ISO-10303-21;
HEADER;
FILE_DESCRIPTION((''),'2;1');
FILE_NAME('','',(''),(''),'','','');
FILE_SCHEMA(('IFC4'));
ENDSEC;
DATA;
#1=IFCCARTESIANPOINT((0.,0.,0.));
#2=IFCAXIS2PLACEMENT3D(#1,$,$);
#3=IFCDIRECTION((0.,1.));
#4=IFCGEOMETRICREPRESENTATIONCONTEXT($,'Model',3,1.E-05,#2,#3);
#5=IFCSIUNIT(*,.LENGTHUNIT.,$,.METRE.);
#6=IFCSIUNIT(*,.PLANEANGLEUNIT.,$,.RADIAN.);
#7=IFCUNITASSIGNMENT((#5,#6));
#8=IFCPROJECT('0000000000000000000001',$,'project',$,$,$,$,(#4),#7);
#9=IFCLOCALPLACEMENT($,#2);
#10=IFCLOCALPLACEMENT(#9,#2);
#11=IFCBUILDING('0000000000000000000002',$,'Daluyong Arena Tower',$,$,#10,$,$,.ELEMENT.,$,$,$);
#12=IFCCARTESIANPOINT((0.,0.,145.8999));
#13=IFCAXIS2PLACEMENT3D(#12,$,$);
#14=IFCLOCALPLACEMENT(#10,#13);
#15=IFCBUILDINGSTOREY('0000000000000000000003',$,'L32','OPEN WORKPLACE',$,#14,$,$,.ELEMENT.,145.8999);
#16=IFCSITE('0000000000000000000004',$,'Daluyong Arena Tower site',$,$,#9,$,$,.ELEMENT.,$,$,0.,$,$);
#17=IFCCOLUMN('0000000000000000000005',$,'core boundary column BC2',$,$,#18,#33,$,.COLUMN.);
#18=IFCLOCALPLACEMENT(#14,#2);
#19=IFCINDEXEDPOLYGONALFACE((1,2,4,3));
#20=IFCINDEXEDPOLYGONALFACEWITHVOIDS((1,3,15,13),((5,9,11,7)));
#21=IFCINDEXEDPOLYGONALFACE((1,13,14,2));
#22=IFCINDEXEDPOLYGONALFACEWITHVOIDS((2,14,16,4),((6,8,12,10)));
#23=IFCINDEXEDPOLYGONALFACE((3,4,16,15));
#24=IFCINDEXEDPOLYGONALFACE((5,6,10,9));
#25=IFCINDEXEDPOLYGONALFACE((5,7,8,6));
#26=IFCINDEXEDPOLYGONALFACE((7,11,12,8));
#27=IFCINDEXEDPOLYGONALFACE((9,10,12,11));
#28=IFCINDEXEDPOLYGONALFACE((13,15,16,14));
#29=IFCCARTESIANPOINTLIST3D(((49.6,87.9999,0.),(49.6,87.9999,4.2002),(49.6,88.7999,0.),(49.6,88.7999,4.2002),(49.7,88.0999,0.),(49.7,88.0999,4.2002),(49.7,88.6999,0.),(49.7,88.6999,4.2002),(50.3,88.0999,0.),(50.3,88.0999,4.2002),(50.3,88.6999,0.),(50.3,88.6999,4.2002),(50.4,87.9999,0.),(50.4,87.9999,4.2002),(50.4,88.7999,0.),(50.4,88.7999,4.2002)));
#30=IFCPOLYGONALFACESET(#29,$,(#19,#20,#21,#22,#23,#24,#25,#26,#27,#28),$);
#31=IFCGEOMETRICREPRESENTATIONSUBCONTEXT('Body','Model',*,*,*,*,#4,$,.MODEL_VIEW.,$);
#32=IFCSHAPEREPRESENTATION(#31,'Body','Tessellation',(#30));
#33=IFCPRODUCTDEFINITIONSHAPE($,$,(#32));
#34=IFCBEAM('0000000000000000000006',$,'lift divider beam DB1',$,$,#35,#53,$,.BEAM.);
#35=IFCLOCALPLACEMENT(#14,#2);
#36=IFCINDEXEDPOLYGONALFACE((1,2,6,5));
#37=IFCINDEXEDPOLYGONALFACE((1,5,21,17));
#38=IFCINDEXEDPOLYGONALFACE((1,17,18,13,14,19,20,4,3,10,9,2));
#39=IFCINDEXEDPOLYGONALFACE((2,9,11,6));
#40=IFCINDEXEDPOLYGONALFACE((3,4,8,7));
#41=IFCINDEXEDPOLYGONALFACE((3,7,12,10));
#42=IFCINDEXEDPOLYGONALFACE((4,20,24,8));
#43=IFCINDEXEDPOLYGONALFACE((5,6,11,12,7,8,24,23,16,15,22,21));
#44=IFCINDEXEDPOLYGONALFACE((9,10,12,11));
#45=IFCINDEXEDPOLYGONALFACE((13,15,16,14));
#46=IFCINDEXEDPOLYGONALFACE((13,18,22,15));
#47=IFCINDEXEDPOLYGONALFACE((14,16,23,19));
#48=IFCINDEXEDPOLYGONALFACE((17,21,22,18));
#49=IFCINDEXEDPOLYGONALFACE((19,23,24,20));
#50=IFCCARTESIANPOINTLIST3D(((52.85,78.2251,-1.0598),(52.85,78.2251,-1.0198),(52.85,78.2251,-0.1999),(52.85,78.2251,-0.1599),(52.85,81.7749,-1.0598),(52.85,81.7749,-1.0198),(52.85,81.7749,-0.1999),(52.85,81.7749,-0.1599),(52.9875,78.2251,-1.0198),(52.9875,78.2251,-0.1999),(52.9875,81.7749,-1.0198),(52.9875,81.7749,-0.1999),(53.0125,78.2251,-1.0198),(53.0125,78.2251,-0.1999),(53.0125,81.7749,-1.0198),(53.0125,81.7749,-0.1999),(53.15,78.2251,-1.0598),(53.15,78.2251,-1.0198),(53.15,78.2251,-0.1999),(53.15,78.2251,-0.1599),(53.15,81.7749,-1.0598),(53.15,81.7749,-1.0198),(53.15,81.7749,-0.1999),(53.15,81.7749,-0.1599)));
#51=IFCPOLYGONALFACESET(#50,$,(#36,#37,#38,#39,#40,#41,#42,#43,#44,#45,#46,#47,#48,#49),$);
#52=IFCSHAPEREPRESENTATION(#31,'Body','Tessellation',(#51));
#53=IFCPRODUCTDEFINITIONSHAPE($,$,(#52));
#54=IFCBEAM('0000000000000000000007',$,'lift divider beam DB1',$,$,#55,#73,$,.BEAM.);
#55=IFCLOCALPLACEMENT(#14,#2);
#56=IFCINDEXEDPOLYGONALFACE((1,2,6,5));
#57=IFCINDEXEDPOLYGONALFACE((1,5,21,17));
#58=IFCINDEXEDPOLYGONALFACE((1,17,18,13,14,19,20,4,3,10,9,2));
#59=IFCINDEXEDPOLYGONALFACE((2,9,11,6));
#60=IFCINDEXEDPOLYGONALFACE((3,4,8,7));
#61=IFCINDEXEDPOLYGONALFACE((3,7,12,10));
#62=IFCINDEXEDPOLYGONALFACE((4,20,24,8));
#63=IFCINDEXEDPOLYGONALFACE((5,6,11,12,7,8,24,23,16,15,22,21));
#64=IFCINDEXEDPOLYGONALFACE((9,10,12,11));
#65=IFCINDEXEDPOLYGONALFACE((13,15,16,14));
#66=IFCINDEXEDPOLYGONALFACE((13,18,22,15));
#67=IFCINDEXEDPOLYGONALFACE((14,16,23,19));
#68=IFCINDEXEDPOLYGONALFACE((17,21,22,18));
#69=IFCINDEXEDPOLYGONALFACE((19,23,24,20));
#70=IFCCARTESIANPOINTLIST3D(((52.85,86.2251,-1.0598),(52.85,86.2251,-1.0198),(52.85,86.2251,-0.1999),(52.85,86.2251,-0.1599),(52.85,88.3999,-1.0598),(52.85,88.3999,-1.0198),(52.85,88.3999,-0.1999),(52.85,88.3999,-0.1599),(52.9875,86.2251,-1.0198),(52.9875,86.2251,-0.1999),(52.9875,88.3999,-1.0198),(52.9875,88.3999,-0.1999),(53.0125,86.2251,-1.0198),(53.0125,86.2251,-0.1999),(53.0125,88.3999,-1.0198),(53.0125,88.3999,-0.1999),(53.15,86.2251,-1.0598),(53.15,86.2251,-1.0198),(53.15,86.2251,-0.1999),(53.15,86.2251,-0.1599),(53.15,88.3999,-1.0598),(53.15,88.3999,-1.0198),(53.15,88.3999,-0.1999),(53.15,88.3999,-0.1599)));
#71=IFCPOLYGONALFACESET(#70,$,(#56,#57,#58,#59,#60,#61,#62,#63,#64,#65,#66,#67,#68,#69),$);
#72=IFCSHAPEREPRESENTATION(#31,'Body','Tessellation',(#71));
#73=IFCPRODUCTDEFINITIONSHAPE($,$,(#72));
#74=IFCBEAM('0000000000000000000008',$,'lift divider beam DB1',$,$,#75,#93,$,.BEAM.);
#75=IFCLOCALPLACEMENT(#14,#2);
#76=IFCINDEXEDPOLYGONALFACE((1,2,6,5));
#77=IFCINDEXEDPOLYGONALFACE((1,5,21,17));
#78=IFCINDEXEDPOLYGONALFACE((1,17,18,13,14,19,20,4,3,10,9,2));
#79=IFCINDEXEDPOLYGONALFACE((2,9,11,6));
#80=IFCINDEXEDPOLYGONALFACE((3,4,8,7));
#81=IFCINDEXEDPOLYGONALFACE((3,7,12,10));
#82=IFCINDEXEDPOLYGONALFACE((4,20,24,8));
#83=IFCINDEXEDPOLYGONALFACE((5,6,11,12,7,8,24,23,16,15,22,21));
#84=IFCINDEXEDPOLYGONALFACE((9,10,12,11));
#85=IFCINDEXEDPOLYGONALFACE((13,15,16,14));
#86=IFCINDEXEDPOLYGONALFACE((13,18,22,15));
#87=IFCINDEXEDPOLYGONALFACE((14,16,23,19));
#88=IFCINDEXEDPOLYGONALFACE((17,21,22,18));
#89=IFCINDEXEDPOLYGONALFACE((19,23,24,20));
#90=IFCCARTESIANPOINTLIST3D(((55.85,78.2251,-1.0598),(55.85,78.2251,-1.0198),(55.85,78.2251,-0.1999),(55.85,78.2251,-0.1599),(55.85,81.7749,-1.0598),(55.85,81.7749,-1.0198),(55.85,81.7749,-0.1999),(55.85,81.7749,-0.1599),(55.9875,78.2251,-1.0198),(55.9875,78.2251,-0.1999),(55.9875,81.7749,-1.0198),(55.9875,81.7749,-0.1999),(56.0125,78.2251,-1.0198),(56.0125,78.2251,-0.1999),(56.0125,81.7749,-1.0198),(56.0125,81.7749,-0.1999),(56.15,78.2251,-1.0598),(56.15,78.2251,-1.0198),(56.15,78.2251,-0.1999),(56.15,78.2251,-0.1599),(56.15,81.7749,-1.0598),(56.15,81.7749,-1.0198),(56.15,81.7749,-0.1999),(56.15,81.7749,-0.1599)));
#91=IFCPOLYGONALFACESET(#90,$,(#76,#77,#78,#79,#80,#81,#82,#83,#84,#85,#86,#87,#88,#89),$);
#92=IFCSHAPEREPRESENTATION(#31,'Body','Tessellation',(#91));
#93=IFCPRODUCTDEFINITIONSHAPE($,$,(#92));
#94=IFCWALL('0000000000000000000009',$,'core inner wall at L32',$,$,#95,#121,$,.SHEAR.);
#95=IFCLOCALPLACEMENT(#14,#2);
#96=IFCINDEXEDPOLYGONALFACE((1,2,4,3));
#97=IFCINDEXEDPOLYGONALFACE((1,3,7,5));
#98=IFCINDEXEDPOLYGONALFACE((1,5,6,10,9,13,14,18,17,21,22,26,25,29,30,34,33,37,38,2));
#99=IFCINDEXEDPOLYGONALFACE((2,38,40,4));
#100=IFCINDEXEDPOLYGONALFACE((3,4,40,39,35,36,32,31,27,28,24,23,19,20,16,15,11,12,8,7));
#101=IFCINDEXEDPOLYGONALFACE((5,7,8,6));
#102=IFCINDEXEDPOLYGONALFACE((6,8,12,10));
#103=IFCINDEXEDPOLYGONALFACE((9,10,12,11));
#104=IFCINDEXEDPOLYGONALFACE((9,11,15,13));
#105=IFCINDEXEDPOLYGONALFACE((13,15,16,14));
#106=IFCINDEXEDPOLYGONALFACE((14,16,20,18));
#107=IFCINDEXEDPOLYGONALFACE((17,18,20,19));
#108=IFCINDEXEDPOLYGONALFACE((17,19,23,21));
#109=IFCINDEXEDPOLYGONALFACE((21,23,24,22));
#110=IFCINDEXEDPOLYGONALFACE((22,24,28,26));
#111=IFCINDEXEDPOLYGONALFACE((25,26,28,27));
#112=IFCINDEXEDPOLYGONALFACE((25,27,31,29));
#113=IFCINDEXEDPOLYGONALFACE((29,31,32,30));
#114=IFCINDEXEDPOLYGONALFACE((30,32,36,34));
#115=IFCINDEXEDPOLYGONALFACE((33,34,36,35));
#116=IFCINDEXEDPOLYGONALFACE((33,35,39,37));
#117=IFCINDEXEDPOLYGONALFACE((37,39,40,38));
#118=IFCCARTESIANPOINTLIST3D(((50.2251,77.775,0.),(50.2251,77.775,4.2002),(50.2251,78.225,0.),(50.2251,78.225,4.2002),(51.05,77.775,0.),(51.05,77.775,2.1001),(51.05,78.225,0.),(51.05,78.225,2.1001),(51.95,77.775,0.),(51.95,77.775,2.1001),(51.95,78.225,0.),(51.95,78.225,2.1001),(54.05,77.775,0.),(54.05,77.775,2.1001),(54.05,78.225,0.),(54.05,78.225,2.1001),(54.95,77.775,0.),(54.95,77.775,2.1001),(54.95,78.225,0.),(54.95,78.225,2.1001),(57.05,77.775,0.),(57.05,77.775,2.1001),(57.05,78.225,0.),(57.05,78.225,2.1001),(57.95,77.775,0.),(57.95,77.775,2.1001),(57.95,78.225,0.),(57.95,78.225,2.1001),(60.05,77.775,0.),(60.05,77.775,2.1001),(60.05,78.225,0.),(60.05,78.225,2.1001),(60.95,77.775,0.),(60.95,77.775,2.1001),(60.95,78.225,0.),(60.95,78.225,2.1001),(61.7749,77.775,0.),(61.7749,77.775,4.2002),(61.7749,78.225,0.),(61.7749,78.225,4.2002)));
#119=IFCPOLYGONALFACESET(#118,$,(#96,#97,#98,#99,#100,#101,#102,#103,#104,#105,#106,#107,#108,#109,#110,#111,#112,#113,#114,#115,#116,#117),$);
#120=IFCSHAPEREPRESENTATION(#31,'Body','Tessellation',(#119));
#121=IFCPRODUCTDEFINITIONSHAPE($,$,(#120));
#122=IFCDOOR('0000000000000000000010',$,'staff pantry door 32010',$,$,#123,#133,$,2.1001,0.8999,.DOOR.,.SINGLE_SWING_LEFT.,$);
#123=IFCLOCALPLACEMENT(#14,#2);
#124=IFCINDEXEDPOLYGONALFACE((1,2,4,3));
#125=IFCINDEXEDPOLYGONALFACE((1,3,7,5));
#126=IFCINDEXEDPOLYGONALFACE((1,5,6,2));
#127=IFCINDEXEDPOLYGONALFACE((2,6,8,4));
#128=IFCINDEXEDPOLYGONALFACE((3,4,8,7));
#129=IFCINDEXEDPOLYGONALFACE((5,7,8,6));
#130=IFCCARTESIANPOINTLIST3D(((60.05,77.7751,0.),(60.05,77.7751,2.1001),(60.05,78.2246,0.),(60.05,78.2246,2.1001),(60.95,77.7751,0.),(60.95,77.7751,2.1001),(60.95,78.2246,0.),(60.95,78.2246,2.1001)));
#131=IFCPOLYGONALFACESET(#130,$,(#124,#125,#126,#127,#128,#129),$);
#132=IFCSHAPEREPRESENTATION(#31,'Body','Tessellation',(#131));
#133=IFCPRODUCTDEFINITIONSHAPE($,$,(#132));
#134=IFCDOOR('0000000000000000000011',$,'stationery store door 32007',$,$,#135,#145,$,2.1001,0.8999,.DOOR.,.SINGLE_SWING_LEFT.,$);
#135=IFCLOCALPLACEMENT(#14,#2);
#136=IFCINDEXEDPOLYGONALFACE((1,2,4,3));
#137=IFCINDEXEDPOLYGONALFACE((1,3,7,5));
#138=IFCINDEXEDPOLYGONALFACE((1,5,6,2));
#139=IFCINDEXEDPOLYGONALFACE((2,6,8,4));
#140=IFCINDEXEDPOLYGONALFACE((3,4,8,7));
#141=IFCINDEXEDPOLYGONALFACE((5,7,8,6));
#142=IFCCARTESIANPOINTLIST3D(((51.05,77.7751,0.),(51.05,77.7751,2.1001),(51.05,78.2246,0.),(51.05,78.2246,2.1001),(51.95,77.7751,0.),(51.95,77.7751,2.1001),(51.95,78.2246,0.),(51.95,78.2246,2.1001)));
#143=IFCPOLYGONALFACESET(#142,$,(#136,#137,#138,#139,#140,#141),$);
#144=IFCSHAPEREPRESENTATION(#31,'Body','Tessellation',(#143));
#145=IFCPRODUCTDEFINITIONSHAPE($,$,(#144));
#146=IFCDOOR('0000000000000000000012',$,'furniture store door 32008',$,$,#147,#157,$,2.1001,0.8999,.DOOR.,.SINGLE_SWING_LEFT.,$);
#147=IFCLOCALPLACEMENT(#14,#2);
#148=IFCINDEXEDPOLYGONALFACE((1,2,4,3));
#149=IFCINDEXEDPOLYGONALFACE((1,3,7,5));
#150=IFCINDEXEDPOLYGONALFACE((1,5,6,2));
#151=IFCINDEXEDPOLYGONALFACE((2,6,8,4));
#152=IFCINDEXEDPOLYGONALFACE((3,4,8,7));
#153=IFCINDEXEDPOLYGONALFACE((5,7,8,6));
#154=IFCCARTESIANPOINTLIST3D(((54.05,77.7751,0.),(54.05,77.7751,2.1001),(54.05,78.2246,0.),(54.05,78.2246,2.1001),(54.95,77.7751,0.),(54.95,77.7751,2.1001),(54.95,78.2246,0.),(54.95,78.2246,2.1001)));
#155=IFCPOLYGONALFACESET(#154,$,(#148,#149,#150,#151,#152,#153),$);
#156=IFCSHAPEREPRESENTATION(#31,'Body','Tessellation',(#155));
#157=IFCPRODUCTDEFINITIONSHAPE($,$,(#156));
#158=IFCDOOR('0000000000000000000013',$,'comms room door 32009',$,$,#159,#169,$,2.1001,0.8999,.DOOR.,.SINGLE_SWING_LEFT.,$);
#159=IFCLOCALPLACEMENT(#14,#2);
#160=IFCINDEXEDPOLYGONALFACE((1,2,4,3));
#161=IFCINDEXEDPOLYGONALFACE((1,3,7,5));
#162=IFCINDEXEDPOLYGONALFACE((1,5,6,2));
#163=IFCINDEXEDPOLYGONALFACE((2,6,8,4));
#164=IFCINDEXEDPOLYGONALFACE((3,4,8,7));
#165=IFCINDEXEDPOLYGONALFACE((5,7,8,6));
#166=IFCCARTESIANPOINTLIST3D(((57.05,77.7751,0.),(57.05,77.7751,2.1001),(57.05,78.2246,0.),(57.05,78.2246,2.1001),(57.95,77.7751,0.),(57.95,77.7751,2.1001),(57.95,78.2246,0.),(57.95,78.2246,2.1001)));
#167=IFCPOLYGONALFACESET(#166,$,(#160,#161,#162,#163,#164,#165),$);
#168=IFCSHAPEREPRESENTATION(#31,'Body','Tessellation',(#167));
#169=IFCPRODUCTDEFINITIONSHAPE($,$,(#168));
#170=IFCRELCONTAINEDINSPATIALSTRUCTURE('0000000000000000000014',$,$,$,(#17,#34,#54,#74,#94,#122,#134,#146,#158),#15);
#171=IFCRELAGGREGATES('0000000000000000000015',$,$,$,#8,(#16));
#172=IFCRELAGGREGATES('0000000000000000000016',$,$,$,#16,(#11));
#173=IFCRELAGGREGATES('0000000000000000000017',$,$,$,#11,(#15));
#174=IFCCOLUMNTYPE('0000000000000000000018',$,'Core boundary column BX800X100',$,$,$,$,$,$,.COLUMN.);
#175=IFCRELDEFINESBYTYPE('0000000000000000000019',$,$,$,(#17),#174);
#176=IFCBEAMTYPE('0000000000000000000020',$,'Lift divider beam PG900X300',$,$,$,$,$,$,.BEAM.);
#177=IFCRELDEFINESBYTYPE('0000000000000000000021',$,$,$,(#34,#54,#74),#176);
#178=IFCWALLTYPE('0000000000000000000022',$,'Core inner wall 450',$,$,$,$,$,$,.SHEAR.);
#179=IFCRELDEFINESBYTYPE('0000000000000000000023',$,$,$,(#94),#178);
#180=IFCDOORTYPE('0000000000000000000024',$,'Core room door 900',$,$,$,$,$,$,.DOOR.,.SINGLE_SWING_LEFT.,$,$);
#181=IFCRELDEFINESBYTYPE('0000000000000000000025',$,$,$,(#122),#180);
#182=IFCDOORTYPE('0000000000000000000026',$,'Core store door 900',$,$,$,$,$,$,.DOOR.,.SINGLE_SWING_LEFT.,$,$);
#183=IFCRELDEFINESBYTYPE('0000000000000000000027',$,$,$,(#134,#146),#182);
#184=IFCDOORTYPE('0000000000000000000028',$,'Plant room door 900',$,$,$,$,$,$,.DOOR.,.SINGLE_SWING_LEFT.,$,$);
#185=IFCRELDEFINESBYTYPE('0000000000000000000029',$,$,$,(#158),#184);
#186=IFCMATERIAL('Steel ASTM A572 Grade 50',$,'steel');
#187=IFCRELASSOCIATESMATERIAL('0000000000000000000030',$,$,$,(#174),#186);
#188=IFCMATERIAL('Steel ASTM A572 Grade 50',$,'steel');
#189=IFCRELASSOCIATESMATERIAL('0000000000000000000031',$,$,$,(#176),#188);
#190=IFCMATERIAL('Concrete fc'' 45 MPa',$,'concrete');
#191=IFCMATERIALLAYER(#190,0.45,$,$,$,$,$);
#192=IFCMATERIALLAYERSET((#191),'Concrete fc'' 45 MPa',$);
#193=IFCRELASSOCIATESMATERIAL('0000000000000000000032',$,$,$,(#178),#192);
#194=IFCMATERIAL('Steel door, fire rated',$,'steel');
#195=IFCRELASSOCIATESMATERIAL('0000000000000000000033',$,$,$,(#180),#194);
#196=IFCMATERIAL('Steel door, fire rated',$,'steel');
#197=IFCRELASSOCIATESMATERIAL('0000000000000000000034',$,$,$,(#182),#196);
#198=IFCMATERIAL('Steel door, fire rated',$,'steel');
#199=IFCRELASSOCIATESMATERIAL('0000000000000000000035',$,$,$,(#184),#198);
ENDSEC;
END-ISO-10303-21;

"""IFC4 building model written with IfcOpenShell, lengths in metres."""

from ifc_helpers import new_model, si_unit, direction, frame, frame_2d, origin, origin_2d, place, context, subcontext, project, spatial, rectangle, hollow_rectangle, i_section, extrude, material, layer, layer_set, material_profile, profile_set, type_object, element, fill, save


model = new_model("IFC4")

# Units and contexts
model_context = context("Model", 3, precision=1e-05, world=origin(), true_north=direction((0.0, 1.0)))
body_context = subcontext(model_context, "Body", "Model", "MODEL_VIEW")
ifc_project = project(units=[si_unit("LENGTHUNIT", "METRE"), si_unit("PLANEANGLEUNIT", "RADIAN")], contexts=[model_context])

# Site, building, storey
site_placement = place(None, origin())
site = spatial("IfcSite", under=ifc_project, at=site_placement, Name="Daluyong Arena Tower site", CompositionType="ELEMENT", RefElevation=0.0)
building_placement = place(site_placement, origin())
building = spatial("IfcBuilding", under=site, at=building_placement, Name="Daluyong Arena Tower", CompositionType="ELEMENT")
storey_placement = place(building_placement, frame((0.0, 0.0, 145.8999)))
storey = spatial("IfcBuildingStorey", under=building, at=storey_placement, Name="L32", Description="OPEN WORKPLACE", CompositionType="ELEMENT", Elevation=145.8999)

# Column
ifc_material_1 = material(Name="Steel ASTM A572 Grade 50", Category="steel")
ifc_material_profile_1 = material_profile(ifc_material_1, hollow_rectangle(XDim=0.8, YDim=0.8, WallThickness=0.1, at=origin_2d()))
ifc_profile_set_1 = profile_set([ifc_material_profile_1], Name="Steel ASTM A572 Grade 50")
column_type = type_object("IfcColumnType", Name="Core boundary column BX800X100", PredefinedType="COLUMN", material=ifc_profile_set_1)
column_placement = place(storey_placement, frame((50.0, 88.3999, 0.0), z_axis=(0.0, 0.0, 1.0), x_axis=(1.0, 0.0, 0.0)))
element("IfcColumn", 1, at=column_placement, inside=storey, type_object=column_type, Name="core boundary column BC2", PredefinedType="COLUMN", context=body_context, shape_type="SweptSolid", body=[
    extrude(hollow_rectangle(XDim=0.8, YDim=0.8, WallThickness=0.1, at=origin_2d()), origin(), (0.0, 0.0, 1.0), 4.2002),
])

# Beams
ifc_material_2 = material(Name="Steel ASTM A572 Grade 50", Category="steel")
ifc_material_profile_2 = material_profile(ifc_material_2, i_section(OverallWidth=0.3, OverallDepth=0.8999, WebThickness=0.025, FlangeThickness=0.04, at=origin_2d()))
ifc_profile_set_2 = profile_set([ifc_material_profile_2], Name="Steel ASTM A572 Grade 50")
beam_type = type_object("IfcBeamType", Name="Lift divider beam PG900X300", PredefinedType="BEAM", material=ifc_profile_set_2)
beam_1_placement = place(storey_placement, frame((53.0, 78.2251, -0.6099), z_axis=(0.0, 1.0, 0.0), x_axis=(-1.0, 0.0, 0.0)))
element("IfcBeam", 2, at=beam_1_placement, inside=storey, type_object=beam_type, Name="lift divider beam DB1", PredefinedType="BEAM", context=body_context, shape_type="SweptSolid", body=[
    extrude(i_section(OverallWidth=0.3, OverallDepth=0.8999, WebThickness=0.025, FlangeThickness=0.04, at=origin_2d()), origin(), (0.0, 0.0, 1.0), 3.5498),
])
beam_2_placement = place(storey_placement, frame((53.0, 86.2251, -0.6099), z_axis=(0.0, 1.0, 0.0), x_axis=(-1.0, 0.0, 0.0)))
element("IfcBeam", 3, at=beam_2_placement, inside=storey, type_object=beam_type, Name="lift divider beam DB1", PredefinedType="BEAM", context=body_context, shape_type="SweptSolid", body=[
    extrude(i_section(OverallWidth=0.3, OverallDepth=0.8999, WebThickness=0.025, FlangeThickness=0.04, at=origin_2d()), origin(), (0.0, 0.0, 1.0), 2.1748),
])
beam_3_placement = place(storey_placement, frame((56.0, 78.2251, -0.6099), z_axis=(0.0, 1.0, 0.0), x_axis=(-1.0, 0.0, 0.0)))
element("IfcBeam", 4, at=beam_3_placement, inside=storey, type_object=beam_type, Name="lift divider beam DB1", PredefinedType="BEAM", context=body_context, shape_type="SweptSolid", body=[
    extrude(i_section(OverallWidth=0.3, OverallDepth=0.8999, WebThickness=0.025, FlangeThickness=0.04, at=origin_2d()), origin(), (0.0, 0.0, 1.0), 3.5498),
])

# Wall, openings, doors
ifc_material_3 = material(Name="Concrete fc' 45 MPa", Category="concrete")
ifc_layer_1 = layer(ifc_material_3, 0.45)
ifc_layer_set_1 = layer_set([ifc_layer_1], Name="Concrete fc' 45 MPa")
wall_type_1 = type_object("IfcWallType", Name="Core inner wall 450", PredefinedType="SHEAR", material=ifc_layer_set_1)
wall_1_placement = place(storey_placement, frame((50.2251, 78.0, 0.0), z_axis=(0.0, 0.0, 1.0), x_axis=(1.0, 0.0, 0.0)))
wall_1 = element("IfcWall", 5, at=wall_1_placement, inside=storey, type_object=wall_type_1, Name="core inner wall at L32", PredefinedType="SHEAR", context=body_context, shape_type="SweptSolid", body=[
    extrude(rectangle(XDim=11.5498, YDim=0.45, at=frame_2d((5.7749, 0.0))), origin(), (0.0, 0.0, 1.0), 4.2002),
])
opening_1_placement = place(wall_1_placement, frame((0.825, 0.0, 0.0)))
opening_1 = element("IfcOpeningElement", 6, at=opening_1_placement, cuts=wall_1, PredefinedType="OPENING", context=body_context, shape_type="SweptSolid", body=[
    extrude(rectangle(XDim=0.8999, YDim=2.1001, at=frame_2d((0.45, 1.05))), frame((0.0, 0.2349, 0.0), z_axis=(0.0, -1.0, 0.0), x_axis=(1.0, 0.0, 0.0)), (0.0, 0.0, 1.0), 0.47),
])
opening_2_placement = place(wall_1_placement, frame((3.825, 0.0, 0.0)))
opening_2 = element("IfcOpeningElement", 7, at=opening_2_placement, cuts=wall_1, PredefinedType="OPENING", context=body_context, shape_type="SweptSolid", body=[
    extrude(rectangle(XDim=0.8999, YDim=2.1001, at=frame_2d((0.45, 1.05))), frame((0.0, 0.2349, 0.0), z_axis=(0.0, -1.0, 0.0), x_axis=(1.0, 0.0, 0.0)), (0.0, 0.0, 1.0), 0.47),
])
opening_3_placement = place(wall_1_placement, frame((6.825, 0.0, 0.0)))
opening_3 = element("IfcOpeningElement", 8, at=opening_3_placement, cuts=wall_1, PredefinedType="OPENING", context=body_context, shape_type="SweptSolid", body=[
    extrude(rectangle(XDim=0.8999, YDim=2.1001, at=frame_2d((0.45, 1.05))), frame((0.0, 0.2349, 0.0), z_axis=(0.0, -1.0, 0.0), x_axis=(1.0, 0.0, 0.0)), (0.0, 0.0, 1.0), 0.47),
])
opening_4_placement = place(wall_1_placement, frame((9.825, 0.0, 0.0)))
opening_4 = element("IfcOpeningElement", 9, at=opening_4_placement, cuts=wall_1, PredefinedType="OPENING", context=body_context, shape_type="SweptSolid", body=[
    extrude(rectangle(XDim=0.8999, YDim=2.1001, at=frame_2d((0.45, 1.05))), frame((0.0, 0.2349, 0.0), z_axis=(0.0, -1.0, 0.0), x_axis=(1.0, 0.0, 0.0)), (0.0, 0.0, 1.0), 0.47),
])
ifc_material_4 = material(Name="Steel door, fire rated", Category="steel")
door_type_1 = type_object("IfcDoorType", Name="Core room door 900", OperationType="SINGLE_SWING_LEFT", PredefinedType="DOOR", material=ifc_material_4)
door_1_placement = place(opening_4_placement, origin())
door_1 = element("IfcDoor", 10, at=door_1_placement, inside=storey, type_object=door_type_1, Name="staff pantry door 32010", OperationType="SINGLE_SWING_LEFT", OverallHeight=2.1001, OverallWidth=0.8999, PredefinedType="DOOR", context=body_context, shape_type="SweptSolid", body=[
    extrude(rectangle(XDim=0.8999, YDim=2.1001, at=frame_2d((0.45, 1.05))), frame((0.0, 0.2246, 0.0), z_axis=(0.0, -1.0, 0.0), x_axis=(1.0, 0.0, 0.0)), (0.0, 0.0, 1.0), 0.4495),
])
fill(opening_4, door_1)
ifc_material_5 = material(Name="Steel door, fire rated", Category="steel")
door_type_2 = type_object("IfcDoorType", Name="Core store door 900", OperationType="SINGLE_SWING_LEFT", PredefinedType="DOOR", material=ifc_material_5)
door_2_placement = place(opening_1_placement, origin())
door_2 = element("IfcDoor", 11, at=door_2_placement, inside=storey, type_object=door_type_2, Name="stationery store door 32007", OperationType="SINGLE_SWING_LEFT", OverallHeight=2.1001, OverallWidth=0.8999, PredefinedType="DOOR", context=body_context, shape_type="SweptSolid", body=[
    extrude(rectangle(XDim=0.8999, YDim=2.1001, at=frame_2d((0.45, 1.05))), frame((0.0, 0.2246, 0.0), z_axis=(0.0, -1.0, 0.0), x_axis=(1.0, 0.0, 0.0)), (0.0, 0.0, 1.0), 0.4495),
])
fill(opening_1, door_2)
door_3_placement = place(opening_2_placement, origin())
door_3 = element("IfcDoor", 12, at=door_3_placement, inside=storey, type_object=door_type_2, Name="furniture store door 32008", OperationType="SINGLE_SWING_LEFT", OverallHeight=2.1001, OverallWidth=0.8999, PredefinedType="DOOR", context=body_context, shape_type="SweptSolid", body=[
    extrude(rectangle(XDim=0.8999, YDim=2.1001, at=frame_2d((0.45, 1.05))), frame((0.0, 0.2246, 0.0), z_axis=(0.0, -1.0, 0.0), x_axis=(1.0, 0.0, 0.0)), (0.0, 0.0, 1.0), 0.4495),
])
fill(opening_2, door_3)
ifc_material_6 = material(Name="Steel door, fire rated", Category="steel")
door_type_3 = type_object("IfcDoorType", Name="Plant room door 900", OperationType="SINGLE_SWING_LEFT", PredefinedType="DOOR", material=ifc_material_6)
door_4_placement = place(opening_3_placement, origin())
door_4 = element("IfcDoor", 13, at=door_4_placement, inside=storey, type_object=door_type_3, Name="comms room door 32009", OperationType="SINGLE_SWING_LEFT", OverallHeight=2.1001, OverallWidth=0.8999, PredefinedType="DOOR", context=body_context, shape_type="SweptSolid", body=[
    extrude(rectangle(XDim=0.8999, YDim=2.1001, at=frame_2d((0.45, 1.05))), frame((0.0, 0.2246, 0.0), z_axis=(0.0, -1.0, 0.0), x_axis=(1.0, 0.0, 0.0)), (0.0, 0.0, 1.0), 0.4495),
])
fill(opening_3, door_4)

save(model, "model.ifc")
